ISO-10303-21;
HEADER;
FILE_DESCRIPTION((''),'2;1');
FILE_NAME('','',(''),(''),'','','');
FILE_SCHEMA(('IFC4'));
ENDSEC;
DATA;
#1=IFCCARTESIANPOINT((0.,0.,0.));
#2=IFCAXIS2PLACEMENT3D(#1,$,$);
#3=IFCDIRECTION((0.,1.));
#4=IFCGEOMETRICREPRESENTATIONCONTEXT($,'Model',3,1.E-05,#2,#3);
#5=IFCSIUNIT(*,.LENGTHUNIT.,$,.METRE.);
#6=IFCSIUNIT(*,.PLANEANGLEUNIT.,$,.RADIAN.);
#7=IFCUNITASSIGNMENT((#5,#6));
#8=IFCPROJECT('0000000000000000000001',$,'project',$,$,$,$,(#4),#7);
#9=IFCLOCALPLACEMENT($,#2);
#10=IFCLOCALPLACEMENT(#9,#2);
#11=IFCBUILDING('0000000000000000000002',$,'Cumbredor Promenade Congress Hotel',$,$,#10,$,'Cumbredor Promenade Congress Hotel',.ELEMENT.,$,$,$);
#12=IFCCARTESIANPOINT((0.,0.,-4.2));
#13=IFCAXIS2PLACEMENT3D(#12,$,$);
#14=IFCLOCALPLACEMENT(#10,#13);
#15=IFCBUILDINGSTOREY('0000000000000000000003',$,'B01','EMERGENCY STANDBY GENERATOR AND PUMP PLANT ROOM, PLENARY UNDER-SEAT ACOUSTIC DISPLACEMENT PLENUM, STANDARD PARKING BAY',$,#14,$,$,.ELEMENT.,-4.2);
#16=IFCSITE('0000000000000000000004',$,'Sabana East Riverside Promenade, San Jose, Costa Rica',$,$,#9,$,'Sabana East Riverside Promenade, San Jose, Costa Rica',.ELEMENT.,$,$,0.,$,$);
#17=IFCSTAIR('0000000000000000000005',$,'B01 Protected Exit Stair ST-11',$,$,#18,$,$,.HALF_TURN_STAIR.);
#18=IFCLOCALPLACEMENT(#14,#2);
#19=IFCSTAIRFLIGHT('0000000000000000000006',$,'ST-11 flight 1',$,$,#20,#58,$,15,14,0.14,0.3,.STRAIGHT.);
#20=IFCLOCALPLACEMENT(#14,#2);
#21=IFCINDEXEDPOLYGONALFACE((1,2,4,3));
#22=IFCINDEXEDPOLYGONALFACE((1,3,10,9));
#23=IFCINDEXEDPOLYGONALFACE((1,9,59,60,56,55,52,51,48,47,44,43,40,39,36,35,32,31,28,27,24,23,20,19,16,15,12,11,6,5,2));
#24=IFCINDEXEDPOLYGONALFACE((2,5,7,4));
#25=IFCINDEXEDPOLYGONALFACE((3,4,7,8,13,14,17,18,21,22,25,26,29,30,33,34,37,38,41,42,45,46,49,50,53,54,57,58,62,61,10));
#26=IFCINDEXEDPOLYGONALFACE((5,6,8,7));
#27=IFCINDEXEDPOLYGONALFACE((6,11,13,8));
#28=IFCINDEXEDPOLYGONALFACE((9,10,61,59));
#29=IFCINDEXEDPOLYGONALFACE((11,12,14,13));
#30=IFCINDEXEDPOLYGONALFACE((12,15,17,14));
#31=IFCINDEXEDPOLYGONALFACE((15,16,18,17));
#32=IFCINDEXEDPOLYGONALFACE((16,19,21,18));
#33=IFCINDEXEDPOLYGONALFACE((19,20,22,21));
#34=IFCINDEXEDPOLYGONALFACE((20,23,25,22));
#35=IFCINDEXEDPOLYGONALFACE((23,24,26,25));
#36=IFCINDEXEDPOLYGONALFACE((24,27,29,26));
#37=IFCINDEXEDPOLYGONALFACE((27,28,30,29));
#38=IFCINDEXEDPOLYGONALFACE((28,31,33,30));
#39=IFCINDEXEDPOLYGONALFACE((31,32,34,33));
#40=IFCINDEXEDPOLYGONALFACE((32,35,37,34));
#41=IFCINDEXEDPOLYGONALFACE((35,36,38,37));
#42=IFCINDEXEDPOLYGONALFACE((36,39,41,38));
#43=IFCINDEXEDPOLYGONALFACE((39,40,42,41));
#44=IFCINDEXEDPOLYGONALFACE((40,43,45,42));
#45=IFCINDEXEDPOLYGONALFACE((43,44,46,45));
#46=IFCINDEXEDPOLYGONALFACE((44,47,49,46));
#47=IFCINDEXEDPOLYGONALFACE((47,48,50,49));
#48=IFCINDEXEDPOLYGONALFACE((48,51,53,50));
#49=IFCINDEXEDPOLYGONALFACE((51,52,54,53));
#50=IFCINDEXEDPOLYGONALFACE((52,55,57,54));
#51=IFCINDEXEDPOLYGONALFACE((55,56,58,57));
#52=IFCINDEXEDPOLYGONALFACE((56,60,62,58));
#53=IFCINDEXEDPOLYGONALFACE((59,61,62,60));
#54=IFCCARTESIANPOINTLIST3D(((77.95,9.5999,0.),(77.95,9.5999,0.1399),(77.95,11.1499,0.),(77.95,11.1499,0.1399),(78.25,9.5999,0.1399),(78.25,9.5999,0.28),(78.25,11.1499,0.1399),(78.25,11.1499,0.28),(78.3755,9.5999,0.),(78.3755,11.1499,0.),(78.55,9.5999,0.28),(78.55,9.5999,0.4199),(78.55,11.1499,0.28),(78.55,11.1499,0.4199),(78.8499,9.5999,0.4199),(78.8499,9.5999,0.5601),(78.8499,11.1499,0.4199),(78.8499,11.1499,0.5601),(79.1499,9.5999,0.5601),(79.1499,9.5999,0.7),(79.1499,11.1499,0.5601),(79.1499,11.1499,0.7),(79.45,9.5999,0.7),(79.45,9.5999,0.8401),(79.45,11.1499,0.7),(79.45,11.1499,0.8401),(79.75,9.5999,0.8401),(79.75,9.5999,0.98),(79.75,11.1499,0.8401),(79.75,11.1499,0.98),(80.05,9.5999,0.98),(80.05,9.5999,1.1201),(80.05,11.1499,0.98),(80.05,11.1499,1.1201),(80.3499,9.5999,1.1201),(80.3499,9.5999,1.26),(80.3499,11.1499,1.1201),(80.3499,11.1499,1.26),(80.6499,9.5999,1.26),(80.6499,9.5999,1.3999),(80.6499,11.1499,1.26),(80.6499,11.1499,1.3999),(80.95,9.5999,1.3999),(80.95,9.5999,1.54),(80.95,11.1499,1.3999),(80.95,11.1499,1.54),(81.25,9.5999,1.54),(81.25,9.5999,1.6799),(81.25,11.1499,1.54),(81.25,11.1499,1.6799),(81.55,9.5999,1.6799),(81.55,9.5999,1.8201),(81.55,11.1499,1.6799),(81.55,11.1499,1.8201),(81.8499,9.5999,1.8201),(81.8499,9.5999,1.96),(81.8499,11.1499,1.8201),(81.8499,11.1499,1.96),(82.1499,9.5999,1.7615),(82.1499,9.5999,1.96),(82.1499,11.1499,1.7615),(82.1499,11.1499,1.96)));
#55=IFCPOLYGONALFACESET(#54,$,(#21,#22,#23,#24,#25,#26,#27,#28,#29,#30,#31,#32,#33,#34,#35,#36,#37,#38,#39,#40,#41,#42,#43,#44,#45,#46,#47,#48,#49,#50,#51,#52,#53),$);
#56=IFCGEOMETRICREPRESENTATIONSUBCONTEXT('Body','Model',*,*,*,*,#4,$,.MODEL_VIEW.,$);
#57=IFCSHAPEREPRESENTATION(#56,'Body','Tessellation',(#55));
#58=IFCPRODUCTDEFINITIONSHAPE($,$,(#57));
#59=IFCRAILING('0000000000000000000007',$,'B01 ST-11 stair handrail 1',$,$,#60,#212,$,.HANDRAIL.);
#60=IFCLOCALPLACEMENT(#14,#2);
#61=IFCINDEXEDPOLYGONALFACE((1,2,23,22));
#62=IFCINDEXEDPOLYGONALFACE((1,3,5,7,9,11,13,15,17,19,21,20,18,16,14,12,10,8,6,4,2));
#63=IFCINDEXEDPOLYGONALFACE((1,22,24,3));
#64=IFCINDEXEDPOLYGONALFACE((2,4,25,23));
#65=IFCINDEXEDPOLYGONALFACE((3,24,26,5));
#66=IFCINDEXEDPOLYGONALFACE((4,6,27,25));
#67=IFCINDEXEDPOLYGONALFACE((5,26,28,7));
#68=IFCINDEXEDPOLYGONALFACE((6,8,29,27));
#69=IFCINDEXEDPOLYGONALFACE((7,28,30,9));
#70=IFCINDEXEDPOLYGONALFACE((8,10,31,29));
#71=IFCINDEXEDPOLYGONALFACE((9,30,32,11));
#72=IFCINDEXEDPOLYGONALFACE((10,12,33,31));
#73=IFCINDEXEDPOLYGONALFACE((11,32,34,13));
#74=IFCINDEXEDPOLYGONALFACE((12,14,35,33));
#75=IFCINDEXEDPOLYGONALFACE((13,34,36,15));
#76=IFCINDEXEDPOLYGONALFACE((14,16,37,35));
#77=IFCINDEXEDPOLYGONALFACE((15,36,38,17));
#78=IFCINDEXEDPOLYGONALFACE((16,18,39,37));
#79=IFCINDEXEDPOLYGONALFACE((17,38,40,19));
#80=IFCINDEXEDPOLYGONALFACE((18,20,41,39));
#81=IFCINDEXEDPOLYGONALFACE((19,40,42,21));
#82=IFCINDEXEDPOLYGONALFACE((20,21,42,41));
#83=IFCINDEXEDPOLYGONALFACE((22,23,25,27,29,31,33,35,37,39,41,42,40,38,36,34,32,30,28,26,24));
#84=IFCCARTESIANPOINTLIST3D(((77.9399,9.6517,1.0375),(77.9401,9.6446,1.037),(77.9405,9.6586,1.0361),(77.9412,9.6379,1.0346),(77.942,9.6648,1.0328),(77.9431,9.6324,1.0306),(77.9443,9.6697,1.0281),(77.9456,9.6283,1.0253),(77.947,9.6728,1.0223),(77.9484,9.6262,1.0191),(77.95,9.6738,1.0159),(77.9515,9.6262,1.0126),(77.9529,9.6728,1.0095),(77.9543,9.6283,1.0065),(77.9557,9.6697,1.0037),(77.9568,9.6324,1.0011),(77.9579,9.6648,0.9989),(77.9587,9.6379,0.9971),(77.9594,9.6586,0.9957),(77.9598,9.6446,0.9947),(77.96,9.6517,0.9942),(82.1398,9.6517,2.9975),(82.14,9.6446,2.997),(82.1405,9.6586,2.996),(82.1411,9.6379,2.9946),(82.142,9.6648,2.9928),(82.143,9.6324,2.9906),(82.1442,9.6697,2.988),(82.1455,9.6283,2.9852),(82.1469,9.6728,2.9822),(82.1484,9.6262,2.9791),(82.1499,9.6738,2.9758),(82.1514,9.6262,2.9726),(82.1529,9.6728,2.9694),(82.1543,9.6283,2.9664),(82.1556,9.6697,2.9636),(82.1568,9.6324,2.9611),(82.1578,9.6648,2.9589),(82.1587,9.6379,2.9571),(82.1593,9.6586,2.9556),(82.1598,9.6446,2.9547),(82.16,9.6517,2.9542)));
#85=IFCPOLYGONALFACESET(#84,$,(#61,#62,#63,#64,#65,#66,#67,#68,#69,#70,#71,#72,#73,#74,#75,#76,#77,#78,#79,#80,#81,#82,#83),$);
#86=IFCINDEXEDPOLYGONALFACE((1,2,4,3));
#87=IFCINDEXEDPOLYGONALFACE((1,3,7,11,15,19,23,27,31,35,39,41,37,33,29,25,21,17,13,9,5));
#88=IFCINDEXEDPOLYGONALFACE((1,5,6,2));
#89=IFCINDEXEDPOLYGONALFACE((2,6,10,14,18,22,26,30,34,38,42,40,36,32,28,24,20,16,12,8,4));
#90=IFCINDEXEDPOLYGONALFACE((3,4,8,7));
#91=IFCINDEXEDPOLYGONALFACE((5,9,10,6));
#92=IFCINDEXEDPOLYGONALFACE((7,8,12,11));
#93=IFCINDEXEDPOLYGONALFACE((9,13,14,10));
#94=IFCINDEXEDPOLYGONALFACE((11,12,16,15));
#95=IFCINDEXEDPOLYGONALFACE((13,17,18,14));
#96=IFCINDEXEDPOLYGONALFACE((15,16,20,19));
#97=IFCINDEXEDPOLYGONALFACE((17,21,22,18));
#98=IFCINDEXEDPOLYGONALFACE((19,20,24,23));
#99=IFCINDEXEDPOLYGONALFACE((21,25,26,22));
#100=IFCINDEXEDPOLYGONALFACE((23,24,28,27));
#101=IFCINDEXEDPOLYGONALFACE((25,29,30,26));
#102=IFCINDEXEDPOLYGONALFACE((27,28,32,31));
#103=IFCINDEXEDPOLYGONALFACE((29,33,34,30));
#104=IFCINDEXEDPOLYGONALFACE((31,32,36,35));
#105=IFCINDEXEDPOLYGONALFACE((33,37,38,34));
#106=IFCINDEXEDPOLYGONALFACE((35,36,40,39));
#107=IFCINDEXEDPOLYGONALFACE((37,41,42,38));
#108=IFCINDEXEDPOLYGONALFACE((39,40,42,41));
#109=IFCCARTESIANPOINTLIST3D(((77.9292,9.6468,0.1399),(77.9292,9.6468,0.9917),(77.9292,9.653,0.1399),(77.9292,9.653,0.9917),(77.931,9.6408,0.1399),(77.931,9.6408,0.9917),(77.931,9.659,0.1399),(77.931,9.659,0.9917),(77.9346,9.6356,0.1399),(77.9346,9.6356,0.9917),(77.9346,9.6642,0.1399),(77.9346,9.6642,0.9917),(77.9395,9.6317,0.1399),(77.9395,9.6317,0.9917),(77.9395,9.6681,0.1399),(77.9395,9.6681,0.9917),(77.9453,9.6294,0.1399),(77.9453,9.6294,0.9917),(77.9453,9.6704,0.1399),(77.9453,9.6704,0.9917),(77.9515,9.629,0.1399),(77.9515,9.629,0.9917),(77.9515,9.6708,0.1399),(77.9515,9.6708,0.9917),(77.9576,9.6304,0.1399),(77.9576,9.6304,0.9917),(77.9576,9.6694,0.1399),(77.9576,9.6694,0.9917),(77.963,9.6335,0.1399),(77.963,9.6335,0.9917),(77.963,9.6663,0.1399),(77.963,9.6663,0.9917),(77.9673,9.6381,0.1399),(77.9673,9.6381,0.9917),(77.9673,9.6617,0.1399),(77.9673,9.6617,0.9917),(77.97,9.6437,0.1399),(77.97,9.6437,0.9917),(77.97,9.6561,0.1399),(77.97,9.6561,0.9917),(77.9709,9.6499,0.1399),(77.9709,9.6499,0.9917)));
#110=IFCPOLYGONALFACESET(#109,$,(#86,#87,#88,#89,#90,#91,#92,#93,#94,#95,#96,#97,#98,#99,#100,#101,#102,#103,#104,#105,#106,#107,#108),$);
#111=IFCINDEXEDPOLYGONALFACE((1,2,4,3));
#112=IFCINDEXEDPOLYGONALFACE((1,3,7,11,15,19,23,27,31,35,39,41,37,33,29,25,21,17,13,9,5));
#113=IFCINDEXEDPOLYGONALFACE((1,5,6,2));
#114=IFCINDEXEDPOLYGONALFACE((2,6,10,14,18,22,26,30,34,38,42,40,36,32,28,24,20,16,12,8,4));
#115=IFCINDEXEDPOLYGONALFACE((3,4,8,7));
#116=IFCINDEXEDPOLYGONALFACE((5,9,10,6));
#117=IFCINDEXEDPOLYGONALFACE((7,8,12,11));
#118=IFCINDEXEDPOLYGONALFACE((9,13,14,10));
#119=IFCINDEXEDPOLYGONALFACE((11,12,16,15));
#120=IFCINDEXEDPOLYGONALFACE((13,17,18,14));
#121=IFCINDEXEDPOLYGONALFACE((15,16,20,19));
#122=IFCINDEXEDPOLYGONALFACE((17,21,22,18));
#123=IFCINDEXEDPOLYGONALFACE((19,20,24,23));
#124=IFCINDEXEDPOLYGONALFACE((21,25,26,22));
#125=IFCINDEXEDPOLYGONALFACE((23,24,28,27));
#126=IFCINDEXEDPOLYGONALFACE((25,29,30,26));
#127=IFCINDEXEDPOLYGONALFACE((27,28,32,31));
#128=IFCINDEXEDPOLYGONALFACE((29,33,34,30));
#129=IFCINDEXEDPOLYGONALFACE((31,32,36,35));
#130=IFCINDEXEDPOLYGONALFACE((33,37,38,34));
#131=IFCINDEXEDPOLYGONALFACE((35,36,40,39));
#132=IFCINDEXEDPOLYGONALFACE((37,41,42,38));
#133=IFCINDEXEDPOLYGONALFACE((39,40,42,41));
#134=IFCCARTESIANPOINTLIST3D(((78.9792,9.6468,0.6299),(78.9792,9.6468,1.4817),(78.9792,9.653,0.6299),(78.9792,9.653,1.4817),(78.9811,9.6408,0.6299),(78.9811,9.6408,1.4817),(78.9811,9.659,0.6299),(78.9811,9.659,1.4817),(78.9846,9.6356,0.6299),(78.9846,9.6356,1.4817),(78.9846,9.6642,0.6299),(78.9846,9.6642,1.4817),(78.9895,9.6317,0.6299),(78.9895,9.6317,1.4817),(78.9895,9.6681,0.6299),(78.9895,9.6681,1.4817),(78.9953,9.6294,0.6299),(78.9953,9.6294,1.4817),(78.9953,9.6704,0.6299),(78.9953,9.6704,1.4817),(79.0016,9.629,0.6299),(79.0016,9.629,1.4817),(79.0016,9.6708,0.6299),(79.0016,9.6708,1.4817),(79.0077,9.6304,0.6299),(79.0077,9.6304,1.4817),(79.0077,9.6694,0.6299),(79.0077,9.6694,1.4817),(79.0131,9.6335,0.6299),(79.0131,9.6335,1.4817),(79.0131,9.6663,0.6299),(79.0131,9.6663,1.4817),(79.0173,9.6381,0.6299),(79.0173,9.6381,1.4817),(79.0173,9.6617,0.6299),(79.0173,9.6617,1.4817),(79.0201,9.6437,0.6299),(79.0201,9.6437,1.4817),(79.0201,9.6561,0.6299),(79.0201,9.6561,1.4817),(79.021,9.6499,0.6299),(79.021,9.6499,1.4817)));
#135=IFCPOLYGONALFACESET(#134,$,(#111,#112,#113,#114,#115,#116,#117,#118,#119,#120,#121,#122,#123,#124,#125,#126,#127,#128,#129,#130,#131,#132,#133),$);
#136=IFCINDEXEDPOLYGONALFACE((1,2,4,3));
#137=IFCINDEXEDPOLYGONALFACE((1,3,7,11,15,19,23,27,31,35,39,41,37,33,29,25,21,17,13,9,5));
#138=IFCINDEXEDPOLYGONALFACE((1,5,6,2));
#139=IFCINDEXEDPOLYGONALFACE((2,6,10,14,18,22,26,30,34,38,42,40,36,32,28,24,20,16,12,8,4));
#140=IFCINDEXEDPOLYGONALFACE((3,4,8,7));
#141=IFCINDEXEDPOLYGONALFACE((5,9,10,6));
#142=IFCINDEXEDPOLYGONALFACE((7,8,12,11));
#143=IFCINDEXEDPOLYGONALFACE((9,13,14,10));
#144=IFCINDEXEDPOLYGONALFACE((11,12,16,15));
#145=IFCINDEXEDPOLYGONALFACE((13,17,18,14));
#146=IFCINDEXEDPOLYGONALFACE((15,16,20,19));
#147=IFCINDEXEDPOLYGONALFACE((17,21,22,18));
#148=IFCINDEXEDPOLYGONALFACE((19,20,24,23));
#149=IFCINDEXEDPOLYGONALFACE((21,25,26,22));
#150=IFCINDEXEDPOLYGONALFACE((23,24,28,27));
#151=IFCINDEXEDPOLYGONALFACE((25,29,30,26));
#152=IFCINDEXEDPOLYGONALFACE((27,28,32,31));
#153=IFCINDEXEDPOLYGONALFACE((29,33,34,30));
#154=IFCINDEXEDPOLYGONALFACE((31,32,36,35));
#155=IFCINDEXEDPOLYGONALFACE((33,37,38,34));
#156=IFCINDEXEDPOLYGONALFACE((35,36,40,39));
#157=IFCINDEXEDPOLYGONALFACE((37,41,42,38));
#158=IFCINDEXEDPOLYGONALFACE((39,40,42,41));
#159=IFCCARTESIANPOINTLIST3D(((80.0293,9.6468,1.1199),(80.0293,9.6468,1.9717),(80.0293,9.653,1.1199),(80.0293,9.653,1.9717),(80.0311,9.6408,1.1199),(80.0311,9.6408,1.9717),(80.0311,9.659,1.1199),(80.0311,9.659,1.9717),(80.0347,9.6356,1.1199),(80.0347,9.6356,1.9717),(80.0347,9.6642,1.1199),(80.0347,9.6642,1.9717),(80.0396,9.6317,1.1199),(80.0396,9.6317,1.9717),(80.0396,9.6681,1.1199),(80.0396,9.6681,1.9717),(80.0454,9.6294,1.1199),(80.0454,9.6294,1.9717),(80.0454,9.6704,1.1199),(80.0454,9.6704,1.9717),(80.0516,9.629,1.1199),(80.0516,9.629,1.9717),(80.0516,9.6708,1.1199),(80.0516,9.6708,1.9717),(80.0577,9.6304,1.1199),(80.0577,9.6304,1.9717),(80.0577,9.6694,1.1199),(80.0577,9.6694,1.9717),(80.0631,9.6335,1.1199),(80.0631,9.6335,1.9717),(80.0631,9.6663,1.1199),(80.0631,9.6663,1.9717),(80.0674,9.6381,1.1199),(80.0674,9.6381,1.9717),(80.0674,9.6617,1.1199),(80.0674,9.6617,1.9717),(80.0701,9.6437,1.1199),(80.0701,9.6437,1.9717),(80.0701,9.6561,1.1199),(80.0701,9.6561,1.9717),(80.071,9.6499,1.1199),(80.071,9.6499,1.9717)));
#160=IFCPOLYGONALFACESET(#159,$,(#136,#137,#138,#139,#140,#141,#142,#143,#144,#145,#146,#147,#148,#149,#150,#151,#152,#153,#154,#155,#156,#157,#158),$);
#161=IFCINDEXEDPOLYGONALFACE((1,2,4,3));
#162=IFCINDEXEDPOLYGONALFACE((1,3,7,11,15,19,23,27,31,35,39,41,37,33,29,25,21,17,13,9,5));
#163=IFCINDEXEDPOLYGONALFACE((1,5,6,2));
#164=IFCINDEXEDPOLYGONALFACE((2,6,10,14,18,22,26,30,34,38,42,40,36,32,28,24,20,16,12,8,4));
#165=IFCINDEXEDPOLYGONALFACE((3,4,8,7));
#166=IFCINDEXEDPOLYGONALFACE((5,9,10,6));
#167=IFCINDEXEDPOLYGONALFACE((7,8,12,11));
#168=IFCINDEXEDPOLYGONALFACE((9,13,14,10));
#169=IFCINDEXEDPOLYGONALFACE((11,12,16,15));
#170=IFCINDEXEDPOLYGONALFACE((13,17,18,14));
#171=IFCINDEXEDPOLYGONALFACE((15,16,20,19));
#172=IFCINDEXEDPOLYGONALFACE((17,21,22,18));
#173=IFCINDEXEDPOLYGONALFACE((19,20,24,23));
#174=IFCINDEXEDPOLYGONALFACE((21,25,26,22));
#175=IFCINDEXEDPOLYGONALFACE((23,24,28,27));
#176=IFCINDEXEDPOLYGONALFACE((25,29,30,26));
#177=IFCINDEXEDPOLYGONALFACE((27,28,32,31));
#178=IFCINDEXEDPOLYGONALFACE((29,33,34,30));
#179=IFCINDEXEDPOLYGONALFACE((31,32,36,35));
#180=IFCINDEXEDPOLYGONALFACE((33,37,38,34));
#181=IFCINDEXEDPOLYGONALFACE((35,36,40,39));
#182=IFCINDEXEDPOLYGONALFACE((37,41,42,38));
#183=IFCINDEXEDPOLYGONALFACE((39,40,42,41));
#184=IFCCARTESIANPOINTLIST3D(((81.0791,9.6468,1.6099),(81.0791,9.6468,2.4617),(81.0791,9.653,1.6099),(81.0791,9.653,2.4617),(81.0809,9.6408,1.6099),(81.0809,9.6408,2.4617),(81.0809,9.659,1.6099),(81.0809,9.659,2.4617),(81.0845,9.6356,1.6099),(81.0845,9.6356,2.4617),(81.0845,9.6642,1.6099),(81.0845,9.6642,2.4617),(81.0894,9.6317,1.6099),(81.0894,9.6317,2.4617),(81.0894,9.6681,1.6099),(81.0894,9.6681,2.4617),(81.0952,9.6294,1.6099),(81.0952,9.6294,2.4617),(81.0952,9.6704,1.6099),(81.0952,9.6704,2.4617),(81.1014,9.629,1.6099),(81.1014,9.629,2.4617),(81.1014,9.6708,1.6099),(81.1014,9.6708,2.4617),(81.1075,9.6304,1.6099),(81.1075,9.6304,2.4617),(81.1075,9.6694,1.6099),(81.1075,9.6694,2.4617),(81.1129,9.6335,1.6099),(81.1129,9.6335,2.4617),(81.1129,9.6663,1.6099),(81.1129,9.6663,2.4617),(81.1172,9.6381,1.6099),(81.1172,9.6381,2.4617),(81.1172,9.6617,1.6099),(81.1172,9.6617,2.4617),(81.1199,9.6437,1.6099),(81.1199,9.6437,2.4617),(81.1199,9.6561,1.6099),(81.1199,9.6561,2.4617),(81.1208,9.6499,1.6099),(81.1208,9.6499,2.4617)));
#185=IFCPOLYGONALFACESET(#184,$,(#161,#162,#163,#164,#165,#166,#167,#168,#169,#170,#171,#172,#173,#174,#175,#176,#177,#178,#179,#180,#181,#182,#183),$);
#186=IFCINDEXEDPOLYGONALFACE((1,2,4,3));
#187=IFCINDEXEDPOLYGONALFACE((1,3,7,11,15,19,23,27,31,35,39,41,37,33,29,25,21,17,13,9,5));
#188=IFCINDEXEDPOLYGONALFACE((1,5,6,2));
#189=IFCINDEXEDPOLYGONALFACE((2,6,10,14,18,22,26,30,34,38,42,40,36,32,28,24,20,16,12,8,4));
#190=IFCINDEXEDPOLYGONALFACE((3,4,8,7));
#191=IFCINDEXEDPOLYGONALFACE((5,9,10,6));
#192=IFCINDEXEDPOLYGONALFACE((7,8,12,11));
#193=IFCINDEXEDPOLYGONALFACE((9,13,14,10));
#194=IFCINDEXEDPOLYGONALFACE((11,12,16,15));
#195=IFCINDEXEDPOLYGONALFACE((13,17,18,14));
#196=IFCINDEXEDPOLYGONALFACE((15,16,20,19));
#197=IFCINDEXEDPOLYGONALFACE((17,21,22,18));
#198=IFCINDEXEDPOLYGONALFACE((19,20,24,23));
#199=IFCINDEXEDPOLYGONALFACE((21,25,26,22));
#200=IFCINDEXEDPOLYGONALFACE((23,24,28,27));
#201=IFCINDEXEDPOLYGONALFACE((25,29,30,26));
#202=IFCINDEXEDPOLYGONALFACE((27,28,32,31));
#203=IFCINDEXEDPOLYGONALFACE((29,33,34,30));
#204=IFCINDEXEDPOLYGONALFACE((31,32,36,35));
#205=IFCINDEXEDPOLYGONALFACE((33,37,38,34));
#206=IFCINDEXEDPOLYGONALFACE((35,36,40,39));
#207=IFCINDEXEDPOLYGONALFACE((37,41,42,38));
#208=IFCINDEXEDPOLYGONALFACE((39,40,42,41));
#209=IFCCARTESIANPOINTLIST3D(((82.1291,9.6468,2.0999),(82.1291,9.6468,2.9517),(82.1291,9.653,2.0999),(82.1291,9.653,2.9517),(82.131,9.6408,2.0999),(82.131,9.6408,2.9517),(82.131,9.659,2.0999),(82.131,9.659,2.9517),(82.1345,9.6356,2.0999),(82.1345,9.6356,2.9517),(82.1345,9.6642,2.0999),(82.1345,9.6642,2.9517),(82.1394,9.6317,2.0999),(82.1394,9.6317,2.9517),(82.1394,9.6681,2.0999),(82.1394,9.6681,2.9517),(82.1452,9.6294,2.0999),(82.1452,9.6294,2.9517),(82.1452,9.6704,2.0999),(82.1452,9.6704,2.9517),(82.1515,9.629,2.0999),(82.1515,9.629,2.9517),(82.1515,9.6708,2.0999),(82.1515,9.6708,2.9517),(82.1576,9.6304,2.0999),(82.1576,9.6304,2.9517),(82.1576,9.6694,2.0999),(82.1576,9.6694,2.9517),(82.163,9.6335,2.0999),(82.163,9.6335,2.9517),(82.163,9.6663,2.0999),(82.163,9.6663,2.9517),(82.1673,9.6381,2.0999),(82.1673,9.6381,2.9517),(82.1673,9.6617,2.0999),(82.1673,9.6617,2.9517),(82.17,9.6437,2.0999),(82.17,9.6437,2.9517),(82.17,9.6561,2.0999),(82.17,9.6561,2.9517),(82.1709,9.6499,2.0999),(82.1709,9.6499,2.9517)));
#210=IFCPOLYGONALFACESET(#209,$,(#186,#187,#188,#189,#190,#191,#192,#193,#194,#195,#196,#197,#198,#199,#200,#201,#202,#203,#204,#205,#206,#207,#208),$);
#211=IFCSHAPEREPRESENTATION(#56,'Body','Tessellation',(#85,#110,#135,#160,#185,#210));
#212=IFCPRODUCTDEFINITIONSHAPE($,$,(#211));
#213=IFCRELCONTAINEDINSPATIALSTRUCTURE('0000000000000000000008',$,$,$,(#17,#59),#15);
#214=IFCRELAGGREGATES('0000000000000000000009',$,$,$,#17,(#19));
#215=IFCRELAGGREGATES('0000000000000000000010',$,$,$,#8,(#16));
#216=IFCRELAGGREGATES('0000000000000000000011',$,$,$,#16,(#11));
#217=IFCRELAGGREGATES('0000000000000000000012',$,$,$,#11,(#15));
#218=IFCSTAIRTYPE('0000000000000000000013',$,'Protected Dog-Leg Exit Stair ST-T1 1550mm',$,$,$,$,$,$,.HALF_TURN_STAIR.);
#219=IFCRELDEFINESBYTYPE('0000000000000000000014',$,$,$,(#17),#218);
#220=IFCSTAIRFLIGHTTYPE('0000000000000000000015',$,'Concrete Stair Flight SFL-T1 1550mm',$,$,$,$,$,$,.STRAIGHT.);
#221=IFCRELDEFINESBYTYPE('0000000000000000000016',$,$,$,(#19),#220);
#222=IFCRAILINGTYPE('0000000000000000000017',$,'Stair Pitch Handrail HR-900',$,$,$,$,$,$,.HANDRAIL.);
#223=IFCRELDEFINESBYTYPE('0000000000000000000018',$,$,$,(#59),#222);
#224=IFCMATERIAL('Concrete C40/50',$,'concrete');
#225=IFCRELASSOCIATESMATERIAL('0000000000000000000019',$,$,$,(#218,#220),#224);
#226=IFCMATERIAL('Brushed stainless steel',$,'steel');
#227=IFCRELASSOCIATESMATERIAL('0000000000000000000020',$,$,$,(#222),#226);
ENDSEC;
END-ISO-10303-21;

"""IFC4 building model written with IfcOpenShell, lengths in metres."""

from ifc_helpers import new_model, si_unit, direction, frame, origin, origin_2d, place, context, subcontext, project, spatial, polyline, circle, outline, extrude, material, type_object, element, aggregate, save


model = new_model("IFC4")

# Units and contexts
model_context = context("Model", 3, precision=1e-05, world=origin(), true_north=direction((0.0, 1.0)))
body_context = subcontext(model_context, "Body", "Model", "MODEL_VIEW")
ifc_project = project(units=[si_unit("LENGTHUNIT", "METRE"), si_unit("PLANEANGLEUNIT", "RADIAN")], contexts=[model_context])

# Site, building, storey
site_placement = place(None, origin())
site = spatial("IfcSite", under=ifc_project, at=site_placement, Name="Sabana East Riverside Promenade, San Jose, Costa Rica", LongName="Sabana East Riverside Promenade, San Jose, Costa Rica", CompositionType="ELEMENT", RefElevation=0.0)
building_placement = place(site_placement, origin())
building = spatial("IfcBuilding", under=site, at=building_placement, Name="Cumbredor Promenade Congress Hotel", LongName="Cumbredor Promenade Congress Hotel", CompositionType="ELEMENT")
storey_placement = place(building_placement, frame((0.0, 0.0, -4.2)))
storey = spatial("IfcBuildingStorey", under=building, at=storey_placement, Name="B01", Description="EMERGENCY STANDBY GENERATOR AND PUMP PLANT ROOM, PLENARY UNDER-SEAT ACOUSTIC DISPLACEMENT PLENUM, STANDARD PARKING BAY", CompositionType="ELEMENT", Elevation=-4.2)

# Shared definitions
ifc_material_1 = material(Name="Concrete C40/50", Category="concrete")

# Stair, stair flight
stair_type = type_object("IfcStairType", Name="Protected Dog-Leg Exit Stair ST-T1 1550mm", PredefinedType="HALF_TURN_STAIR", material=ifc_material_1)
stair_placement = place(storey_placement, origin())
stair = element("IfcStair", 1, at=stair_placement, inside=storey, type_object=stair_type, Name="B01 Protected Exit Stair ST-11", PredefinedType="HALF_TURN_STAIR")
stair_flight_type = type_object("IfcStairFlightType", Name="Concrete Stair Flight SFL-T1 1550mm", PredefinedType="STRAIGHT", material=ifc_material_1)
stair_flight_placement = place(storey_placement, frame((77.95, 10.375, 0.0), z_axis=(0.0, 0.0, 1.0), x_axis=(1.0, 0.0, 0.0)))
stair_flight = element("IfcStairFlight", 2, at=stair_flight_placement, type_object=stair_flight_type, Name="ST-11 flight 1", NumberOfRisers=15, NumberOfTreads=14, PredefinedType="STRAIGHT", RiserHeight=0.14, TreadLength=0.3, context=body_context, shape_type="SweptSolid", body=[
    extrude(outline(polyline([(0.0, 0.0), (0.0, 0.1399), (0.3, 0.1399), (0.3, 0.28), (0.6001, 0.28), (0.6001, 0.4199), (0.8999, 0.4199), (0.8999, 0.5601), (1.2, 0.5601), (1.2, 0.7), (1.5, 0.7), (1.5, 0.8401), (1.8, 0.8401), (1.8, 0.98), (2.1001, 0.98), (2.1001, 1.1201), (2.3999, 1.1201), (2.3999, 1.26), (2.7, 1.26), (2.7, 1.3999), (3.0, 1.3999), (3.0, 1.54), (3.3, 1.54), (3.3, 1.6799), (3.6001, 1.6799), (3.6001, 1.8201), (3.8999, 1.8201), (3.8999, 1.96), (4.2, 1.96), (4.2, 2.1001), (4.2, 1.7615), (0.4255, 0.0), (0.0, 0.0)])), frame((0.0, 0.7749, 0.0), z_axis=(0.0, -1.0, 0.0), x_axis=(1.0, 0.0, 0.0)), (0.0, 0.0, 1.0), 1.55),
])
aggregate(stair, [stair_flight])

# Railing
ifc_material_2 = material(Name="Brushed stainless steel", Category="steel")
railing_type = type_object("IfcRailingType", Name="Stair Pitch Handrail HR-900", PredefinedType="HANDRAIL", material=ifc_material_2)
railing_placement = place(storey_placement, frame((77.95, 9.6499, 0.1399)))
element("IfcRailing", 3, at=railing_placement, inside=storey, type_object=railing_type, Name="B01 ST-11 stair handrail 1", PredefinedType="HANDRAIL", context=body_context, shape_type="SweptSolid", body=[
    extrude(circle(Radius=0.0239, at=origin_2d()), frame((0.0, 0.0, 0.876), z_axis=(0.906184, 0.0, 0.422883), x_axis=(0.0, 1.0, 0.0)), (0.0, 0.0, 1.0), 4.6348),
    extrude(circle(Radius=0.021, at=origin_2d()), origin(), (0.0, 0.0, 1.0), 0.8518),
    extrude(circle(Radius=0.021, at=origin_2d()), frame((1.05, 0.0, 0.49)), (0.0, 0.0, 1.0), 0.8518),
    extrude(circle(Radius=0.021, at=origin_2d()), frame((2.1001, 0.0, 0.98)), (0.0, 0.0, 1.0), 0.8518),
    extrude(circle(Radius=0.021, at=origin_2d()), frame((3.1499, 0.0, 1.47)), (0.0, 0.0, 1.0), 0.8518),
    extrude(circle(Radius=0.021, at=origin_2d()), frame((4.2, 0.0, 1.96)), (0.0, 0.0, 1.0), 0.8518),
])

save(model, "model.ifc")
